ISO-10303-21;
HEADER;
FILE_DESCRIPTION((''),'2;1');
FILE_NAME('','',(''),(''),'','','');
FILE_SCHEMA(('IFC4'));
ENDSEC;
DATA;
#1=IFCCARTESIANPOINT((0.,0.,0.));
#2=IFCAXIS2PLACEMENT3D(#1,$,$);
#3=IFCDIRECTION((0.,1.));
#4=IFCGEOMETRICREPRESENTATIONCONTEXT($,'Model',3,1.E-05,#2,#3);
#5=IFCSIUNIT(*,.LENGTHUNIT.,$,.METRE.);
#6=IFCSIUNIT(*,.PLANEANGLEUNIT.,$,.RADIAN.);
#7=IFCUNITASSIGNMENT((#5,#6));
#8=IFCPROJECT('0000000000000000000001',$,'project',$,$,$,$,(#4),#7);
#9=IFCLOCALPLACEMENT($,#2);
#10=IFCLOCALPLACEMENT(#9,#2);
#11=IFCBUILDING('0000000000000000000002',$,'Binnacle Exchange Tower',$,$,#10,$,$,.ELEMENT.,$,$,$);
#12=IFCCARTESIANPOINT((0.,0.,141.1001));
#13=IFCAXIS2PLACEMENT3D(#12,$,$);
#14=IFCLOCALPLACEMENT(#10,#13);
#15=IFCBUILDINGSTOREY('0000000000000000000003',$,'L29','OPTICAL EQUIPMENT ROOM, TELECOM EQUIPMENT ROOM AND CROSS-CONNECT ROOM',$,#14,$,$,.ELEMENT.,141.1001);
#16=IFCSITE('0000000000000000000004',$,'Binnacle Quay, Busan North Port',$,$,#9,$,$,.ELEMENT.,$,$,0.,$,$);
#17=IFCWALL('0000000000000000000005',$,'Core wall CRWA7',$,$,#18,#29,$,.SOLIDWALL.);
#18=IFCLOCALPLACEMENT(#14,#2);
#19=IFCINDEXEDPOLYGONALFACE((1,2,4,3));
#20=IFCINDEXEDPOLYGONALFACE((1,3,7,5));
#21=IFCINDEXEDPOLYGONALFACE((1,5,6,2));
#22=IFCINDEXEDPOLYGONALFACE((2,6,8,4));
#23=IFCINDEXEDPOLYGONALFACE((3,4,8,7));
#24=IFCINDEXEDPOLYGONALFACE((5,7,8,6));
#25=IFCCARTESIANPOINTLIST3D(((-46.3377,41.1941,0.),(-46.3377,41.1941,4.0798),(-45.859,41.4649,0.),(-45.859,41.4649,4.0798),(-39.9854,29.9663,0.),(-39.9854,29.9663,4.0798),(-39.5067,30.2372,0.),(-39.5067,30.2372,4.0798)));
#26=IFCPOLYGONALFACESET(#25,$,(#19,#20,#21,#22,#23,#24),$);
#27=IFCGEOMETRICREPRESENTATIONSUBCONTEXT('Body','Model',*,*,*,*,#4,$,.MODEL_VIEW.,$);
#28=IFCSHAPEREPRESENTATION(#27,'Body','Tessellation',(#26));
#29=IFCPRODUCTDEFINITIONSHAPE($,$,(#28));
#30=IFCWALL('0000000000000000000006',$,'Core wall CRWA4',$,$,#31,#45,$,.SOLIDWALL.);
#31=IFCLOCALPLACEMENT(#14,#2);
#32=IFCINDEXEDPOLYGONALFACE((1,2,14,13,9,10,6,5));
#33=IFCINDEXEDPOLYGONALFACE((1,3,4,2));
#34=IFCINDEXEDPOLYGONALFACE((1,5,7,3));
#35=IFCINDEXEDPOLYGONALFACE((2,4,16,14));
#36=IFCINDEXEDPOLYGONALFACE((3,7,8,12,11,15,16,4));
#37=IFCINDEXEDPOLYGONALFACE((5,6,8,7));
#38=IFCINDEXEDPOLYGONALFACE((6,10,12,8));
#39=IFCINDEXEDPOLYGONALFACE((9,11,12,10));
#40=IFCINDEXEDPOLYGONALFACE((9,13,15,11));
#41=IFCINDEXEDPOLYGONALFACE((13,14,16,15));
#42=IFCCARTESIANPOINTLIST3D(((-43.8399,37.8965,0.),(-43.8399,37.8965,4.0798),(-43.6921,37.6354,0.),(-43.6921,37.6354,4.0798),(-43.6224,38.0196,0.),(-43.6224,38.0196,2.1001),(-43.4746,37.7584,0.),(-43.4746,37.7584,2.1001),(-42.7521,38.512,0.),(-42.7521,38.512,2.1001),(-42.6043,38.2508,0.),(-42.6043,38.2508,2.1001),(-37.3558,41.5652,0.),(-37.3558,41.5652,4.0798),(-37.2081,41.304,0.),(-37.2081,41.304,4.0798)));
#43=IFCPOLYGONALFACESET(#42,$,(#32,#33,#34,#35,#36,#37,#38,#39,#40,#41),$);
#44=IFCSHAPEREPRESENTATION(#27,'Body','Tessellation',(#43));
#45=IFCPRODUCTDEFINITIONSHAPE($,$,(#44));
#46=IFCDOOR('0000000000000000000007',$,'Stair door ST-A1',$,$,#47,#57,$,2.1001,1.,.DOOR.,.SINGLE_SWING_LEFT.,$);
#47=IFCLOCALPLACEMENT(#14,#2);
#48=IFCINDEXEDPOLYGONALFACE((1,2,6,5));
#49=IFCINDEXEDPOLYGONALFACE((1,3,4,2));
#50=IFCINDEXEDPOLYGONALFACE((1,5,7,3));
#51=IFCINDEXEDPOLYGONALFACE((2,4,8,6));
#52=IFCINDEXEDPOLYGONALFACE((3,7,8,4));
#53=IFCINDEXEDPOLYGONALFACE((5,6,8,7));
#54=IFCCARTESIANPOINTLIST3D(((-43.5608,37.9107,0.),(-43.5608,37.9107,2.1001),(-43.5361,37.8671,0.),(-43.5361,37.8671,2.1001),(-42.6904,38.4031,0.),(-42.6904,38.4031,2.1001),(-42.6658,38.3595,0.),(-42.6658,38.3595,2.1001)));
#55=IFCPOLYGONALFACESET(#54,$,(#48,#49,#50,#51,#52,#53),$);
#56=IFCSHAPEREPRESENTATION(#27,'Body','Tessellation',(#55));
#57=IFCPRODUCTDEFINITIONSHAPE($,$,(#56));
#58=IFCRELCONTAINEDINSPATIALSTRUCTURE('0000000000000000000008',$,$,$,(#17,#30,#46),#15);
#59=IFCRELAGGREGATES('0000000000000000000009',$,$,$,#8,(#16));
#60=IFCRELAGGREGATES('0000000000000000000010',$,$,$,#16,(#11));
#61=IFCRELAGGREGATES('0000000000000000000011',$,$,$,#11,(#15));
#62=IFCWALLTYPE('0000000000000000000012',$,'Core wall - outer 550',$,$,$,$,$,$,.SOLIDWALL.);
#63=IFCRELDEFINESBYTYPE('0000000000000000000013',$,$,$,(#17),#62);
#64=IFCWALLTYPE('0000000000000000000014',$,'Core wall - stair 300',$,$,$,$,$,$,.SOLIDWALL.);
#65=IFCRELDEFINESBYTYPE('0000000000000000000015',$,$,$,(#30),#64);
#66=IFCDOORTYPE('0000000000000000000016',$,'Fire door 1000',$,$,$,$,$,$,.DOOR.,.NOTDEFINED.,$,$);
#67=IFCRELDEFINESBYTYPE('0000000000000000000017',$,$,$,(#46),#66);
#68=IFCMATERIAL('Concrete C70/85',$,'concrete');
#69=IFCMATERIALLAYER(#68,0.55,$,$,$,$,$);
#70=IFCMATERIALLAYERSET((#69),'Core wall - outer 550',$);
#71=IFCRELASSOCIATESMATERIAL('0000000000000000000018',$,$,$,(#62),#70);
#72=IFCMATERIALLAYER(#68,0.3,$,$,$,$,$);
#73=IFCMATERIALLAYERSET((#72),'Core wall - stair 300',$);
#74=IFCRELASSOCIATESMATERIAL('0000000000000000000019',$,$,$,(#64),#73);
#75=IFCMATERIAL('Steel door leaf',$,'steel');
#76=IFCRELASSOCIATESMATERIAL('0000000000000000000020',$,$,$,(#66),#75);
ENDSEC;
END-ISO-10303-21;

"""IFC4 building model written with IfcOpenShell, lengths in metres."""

from ifc_helpers import new_model, si_unit, direction, frame, frame_2d, origin, place, context, subcontext, project, spatial, rectangle, extrude, material, layer, layer_set, type_object, element, fill, save


model = new_model("IFC4")

# Units and contexts
model_context = context("Model", 3, precision=1e-05, world=origin(), true_north=direction((0.0, 1.0)))
body_context = subcontext(model_context, "Body", "Model", "MODEL_VIEW")
ifc_project = project(units=[si_unit("LENGTHUNIT", "METRE"), si_unit("PLANEANGLEUNIT", "RADIAN")], contexts=[model_context])

# Site, building, storey
site_placement = place(None, origin())
site = spatial("IfcSite", under=ifc_project, at=site_placement, Name="Binnacle Quay, Busan North Port", CompositionType="ELEMENT", RefElevation=0.0)
building_placement = place(site_placement, origin())
building = spatial("IfcBuilding", under=site, at=building_placement, Name="Binnacle Exchange Tower", CompositionType="ELEMENT")
storey_placement = place(building_placement, frame((0.0, 0.0, 141.1001)))
storey = spatial("IfcBuildingStorey", under=building, at=storey_placement, Name="L29", Description="OPTICAL EQUIPMENT ROOM, TELECOM EQUIPMENT ROOM AND CROSS-CONNECT ROOM", CompositionType="ELEMENT", Elevation=141.1001)

# Shared definitions
ifc_material_1 = material(Name="Concrete C70/85", Category="concrete")

# Wall
ifc_layer_1 = layer(ifc_material_1, 0.55)
ifc_layer_set_1 = layer_set([ifc_layer_1], Name="Core wall - outer 550")
wall_type_1 = type_object("IfcWallType", Name="Core wall - outer 550", PredefinedType="SOLIDWALL", material=ifc_layer_set_1)
wall_1_placement = place(storey_placement, frame((-46.0984, 41.3296, 0.0), z_axis=(0.0, 0.0, 1.0), x_axis=(0.492419, -0.870358, 0.0)))
element("IfcWall", 1, at=wall_1_placement, inside=storey, type_object=wall_type_1, Name="Core wall CRWA7", PredefinedType="SOLIDWALL", context=body_context, shape_type="SweptSolid", body=[
    extrude(rectangle(XDim=12.9001, YDim=0.55, at=frame_2d((6.4502, 0.0))), origin(), (0.0, 0.0, 1.0), 4.0798),
])

# Wall, opening, door
ifc_layer_2 = layer(ifc_material_1, 0.3)
ifc_layer_set_2 = layer_set([ifc_layer_2], Name="Core wall - stair 300")
wall_type_2 = type_object("IfcWallType", Name="Core wall - stair 300", PredefinedType="SOLIDWALL", material=ifc_layer_set_2)
wall_2_placement = place(storey_placement, frame((-43.7661, 37.7659, 0.0), z_axis=(0.0, 0.0, 1.0), x_axis=(0.870347, 0.492439, 0.0)))
wall_2 = element("IfcWall", 2, at=wall_2_placement, inside=storey, type_object=wall_type_2, Name="Core wall CRWA4", PredefinedType="SOLIDWALL", context=body_context, shape_type="SweptSolid", body=[
    extrude(rectangle(XDim=7.45, YDim=0.3, at=frame_2d((3.7251, 0.0))), origin(), (0.0, 0.0, 1.0), 4.0798),
])
opening_1_placement = place(wall_2_placement, frame((0.25, 0.0, 0.0)))
opening_1 = element("IfcOpeningElement", 3, at=opening_1_placement, cuts=wall_2, PredefinedType="OPENING", context=body_context, shape_type="SweptSolid", body=[
    extrude(rectangle(XDim=1.0, YDim=2.1001, at=frame_2d((0.5, 1.05))), frame((0.0, 0.1599, 0.0), z_axis=(0.0, -1.0, 0.0), x_axis=(1.0, 0.0, 0.0)), (0.0, 0.0, 1.0), 0.3201),
])
ifc_material_2 = material(Name="Steel door leaf", Category="steel")
door_type = type_object("IfcDoorType", Name="Fire door 1000", OperationType="NOTDEFINED", PredefinedType="DOOR", material=ifc_material_2)
door_placement = place(opening_1_placement, origin())
door = element("IfcDoor", 4, at=door_placement, inside=storey, type_object=door_type, Name="Stair door ST-A1", OperationType="SINGLE_SWING_LEFT", OverallHeight=2.1001, OverallWidth=1.0, PredefinedType="DOOR", context=body_context, shape_type="SweptSolid", body=[
    extrude(rectangle(XDim=1.0, YDim=2.1001, at=frame_2d((0.5, 1.05))), frame((0.0, 0.0249, 0.0), z_axis=(0.0, -1.0, 0.0), x_axis=(1.0, 0.0, 0.0)), (0.0, 0.0, 1.0), 0.05),
])
fill(opening_1, door)

save(model, "model.ifc")
